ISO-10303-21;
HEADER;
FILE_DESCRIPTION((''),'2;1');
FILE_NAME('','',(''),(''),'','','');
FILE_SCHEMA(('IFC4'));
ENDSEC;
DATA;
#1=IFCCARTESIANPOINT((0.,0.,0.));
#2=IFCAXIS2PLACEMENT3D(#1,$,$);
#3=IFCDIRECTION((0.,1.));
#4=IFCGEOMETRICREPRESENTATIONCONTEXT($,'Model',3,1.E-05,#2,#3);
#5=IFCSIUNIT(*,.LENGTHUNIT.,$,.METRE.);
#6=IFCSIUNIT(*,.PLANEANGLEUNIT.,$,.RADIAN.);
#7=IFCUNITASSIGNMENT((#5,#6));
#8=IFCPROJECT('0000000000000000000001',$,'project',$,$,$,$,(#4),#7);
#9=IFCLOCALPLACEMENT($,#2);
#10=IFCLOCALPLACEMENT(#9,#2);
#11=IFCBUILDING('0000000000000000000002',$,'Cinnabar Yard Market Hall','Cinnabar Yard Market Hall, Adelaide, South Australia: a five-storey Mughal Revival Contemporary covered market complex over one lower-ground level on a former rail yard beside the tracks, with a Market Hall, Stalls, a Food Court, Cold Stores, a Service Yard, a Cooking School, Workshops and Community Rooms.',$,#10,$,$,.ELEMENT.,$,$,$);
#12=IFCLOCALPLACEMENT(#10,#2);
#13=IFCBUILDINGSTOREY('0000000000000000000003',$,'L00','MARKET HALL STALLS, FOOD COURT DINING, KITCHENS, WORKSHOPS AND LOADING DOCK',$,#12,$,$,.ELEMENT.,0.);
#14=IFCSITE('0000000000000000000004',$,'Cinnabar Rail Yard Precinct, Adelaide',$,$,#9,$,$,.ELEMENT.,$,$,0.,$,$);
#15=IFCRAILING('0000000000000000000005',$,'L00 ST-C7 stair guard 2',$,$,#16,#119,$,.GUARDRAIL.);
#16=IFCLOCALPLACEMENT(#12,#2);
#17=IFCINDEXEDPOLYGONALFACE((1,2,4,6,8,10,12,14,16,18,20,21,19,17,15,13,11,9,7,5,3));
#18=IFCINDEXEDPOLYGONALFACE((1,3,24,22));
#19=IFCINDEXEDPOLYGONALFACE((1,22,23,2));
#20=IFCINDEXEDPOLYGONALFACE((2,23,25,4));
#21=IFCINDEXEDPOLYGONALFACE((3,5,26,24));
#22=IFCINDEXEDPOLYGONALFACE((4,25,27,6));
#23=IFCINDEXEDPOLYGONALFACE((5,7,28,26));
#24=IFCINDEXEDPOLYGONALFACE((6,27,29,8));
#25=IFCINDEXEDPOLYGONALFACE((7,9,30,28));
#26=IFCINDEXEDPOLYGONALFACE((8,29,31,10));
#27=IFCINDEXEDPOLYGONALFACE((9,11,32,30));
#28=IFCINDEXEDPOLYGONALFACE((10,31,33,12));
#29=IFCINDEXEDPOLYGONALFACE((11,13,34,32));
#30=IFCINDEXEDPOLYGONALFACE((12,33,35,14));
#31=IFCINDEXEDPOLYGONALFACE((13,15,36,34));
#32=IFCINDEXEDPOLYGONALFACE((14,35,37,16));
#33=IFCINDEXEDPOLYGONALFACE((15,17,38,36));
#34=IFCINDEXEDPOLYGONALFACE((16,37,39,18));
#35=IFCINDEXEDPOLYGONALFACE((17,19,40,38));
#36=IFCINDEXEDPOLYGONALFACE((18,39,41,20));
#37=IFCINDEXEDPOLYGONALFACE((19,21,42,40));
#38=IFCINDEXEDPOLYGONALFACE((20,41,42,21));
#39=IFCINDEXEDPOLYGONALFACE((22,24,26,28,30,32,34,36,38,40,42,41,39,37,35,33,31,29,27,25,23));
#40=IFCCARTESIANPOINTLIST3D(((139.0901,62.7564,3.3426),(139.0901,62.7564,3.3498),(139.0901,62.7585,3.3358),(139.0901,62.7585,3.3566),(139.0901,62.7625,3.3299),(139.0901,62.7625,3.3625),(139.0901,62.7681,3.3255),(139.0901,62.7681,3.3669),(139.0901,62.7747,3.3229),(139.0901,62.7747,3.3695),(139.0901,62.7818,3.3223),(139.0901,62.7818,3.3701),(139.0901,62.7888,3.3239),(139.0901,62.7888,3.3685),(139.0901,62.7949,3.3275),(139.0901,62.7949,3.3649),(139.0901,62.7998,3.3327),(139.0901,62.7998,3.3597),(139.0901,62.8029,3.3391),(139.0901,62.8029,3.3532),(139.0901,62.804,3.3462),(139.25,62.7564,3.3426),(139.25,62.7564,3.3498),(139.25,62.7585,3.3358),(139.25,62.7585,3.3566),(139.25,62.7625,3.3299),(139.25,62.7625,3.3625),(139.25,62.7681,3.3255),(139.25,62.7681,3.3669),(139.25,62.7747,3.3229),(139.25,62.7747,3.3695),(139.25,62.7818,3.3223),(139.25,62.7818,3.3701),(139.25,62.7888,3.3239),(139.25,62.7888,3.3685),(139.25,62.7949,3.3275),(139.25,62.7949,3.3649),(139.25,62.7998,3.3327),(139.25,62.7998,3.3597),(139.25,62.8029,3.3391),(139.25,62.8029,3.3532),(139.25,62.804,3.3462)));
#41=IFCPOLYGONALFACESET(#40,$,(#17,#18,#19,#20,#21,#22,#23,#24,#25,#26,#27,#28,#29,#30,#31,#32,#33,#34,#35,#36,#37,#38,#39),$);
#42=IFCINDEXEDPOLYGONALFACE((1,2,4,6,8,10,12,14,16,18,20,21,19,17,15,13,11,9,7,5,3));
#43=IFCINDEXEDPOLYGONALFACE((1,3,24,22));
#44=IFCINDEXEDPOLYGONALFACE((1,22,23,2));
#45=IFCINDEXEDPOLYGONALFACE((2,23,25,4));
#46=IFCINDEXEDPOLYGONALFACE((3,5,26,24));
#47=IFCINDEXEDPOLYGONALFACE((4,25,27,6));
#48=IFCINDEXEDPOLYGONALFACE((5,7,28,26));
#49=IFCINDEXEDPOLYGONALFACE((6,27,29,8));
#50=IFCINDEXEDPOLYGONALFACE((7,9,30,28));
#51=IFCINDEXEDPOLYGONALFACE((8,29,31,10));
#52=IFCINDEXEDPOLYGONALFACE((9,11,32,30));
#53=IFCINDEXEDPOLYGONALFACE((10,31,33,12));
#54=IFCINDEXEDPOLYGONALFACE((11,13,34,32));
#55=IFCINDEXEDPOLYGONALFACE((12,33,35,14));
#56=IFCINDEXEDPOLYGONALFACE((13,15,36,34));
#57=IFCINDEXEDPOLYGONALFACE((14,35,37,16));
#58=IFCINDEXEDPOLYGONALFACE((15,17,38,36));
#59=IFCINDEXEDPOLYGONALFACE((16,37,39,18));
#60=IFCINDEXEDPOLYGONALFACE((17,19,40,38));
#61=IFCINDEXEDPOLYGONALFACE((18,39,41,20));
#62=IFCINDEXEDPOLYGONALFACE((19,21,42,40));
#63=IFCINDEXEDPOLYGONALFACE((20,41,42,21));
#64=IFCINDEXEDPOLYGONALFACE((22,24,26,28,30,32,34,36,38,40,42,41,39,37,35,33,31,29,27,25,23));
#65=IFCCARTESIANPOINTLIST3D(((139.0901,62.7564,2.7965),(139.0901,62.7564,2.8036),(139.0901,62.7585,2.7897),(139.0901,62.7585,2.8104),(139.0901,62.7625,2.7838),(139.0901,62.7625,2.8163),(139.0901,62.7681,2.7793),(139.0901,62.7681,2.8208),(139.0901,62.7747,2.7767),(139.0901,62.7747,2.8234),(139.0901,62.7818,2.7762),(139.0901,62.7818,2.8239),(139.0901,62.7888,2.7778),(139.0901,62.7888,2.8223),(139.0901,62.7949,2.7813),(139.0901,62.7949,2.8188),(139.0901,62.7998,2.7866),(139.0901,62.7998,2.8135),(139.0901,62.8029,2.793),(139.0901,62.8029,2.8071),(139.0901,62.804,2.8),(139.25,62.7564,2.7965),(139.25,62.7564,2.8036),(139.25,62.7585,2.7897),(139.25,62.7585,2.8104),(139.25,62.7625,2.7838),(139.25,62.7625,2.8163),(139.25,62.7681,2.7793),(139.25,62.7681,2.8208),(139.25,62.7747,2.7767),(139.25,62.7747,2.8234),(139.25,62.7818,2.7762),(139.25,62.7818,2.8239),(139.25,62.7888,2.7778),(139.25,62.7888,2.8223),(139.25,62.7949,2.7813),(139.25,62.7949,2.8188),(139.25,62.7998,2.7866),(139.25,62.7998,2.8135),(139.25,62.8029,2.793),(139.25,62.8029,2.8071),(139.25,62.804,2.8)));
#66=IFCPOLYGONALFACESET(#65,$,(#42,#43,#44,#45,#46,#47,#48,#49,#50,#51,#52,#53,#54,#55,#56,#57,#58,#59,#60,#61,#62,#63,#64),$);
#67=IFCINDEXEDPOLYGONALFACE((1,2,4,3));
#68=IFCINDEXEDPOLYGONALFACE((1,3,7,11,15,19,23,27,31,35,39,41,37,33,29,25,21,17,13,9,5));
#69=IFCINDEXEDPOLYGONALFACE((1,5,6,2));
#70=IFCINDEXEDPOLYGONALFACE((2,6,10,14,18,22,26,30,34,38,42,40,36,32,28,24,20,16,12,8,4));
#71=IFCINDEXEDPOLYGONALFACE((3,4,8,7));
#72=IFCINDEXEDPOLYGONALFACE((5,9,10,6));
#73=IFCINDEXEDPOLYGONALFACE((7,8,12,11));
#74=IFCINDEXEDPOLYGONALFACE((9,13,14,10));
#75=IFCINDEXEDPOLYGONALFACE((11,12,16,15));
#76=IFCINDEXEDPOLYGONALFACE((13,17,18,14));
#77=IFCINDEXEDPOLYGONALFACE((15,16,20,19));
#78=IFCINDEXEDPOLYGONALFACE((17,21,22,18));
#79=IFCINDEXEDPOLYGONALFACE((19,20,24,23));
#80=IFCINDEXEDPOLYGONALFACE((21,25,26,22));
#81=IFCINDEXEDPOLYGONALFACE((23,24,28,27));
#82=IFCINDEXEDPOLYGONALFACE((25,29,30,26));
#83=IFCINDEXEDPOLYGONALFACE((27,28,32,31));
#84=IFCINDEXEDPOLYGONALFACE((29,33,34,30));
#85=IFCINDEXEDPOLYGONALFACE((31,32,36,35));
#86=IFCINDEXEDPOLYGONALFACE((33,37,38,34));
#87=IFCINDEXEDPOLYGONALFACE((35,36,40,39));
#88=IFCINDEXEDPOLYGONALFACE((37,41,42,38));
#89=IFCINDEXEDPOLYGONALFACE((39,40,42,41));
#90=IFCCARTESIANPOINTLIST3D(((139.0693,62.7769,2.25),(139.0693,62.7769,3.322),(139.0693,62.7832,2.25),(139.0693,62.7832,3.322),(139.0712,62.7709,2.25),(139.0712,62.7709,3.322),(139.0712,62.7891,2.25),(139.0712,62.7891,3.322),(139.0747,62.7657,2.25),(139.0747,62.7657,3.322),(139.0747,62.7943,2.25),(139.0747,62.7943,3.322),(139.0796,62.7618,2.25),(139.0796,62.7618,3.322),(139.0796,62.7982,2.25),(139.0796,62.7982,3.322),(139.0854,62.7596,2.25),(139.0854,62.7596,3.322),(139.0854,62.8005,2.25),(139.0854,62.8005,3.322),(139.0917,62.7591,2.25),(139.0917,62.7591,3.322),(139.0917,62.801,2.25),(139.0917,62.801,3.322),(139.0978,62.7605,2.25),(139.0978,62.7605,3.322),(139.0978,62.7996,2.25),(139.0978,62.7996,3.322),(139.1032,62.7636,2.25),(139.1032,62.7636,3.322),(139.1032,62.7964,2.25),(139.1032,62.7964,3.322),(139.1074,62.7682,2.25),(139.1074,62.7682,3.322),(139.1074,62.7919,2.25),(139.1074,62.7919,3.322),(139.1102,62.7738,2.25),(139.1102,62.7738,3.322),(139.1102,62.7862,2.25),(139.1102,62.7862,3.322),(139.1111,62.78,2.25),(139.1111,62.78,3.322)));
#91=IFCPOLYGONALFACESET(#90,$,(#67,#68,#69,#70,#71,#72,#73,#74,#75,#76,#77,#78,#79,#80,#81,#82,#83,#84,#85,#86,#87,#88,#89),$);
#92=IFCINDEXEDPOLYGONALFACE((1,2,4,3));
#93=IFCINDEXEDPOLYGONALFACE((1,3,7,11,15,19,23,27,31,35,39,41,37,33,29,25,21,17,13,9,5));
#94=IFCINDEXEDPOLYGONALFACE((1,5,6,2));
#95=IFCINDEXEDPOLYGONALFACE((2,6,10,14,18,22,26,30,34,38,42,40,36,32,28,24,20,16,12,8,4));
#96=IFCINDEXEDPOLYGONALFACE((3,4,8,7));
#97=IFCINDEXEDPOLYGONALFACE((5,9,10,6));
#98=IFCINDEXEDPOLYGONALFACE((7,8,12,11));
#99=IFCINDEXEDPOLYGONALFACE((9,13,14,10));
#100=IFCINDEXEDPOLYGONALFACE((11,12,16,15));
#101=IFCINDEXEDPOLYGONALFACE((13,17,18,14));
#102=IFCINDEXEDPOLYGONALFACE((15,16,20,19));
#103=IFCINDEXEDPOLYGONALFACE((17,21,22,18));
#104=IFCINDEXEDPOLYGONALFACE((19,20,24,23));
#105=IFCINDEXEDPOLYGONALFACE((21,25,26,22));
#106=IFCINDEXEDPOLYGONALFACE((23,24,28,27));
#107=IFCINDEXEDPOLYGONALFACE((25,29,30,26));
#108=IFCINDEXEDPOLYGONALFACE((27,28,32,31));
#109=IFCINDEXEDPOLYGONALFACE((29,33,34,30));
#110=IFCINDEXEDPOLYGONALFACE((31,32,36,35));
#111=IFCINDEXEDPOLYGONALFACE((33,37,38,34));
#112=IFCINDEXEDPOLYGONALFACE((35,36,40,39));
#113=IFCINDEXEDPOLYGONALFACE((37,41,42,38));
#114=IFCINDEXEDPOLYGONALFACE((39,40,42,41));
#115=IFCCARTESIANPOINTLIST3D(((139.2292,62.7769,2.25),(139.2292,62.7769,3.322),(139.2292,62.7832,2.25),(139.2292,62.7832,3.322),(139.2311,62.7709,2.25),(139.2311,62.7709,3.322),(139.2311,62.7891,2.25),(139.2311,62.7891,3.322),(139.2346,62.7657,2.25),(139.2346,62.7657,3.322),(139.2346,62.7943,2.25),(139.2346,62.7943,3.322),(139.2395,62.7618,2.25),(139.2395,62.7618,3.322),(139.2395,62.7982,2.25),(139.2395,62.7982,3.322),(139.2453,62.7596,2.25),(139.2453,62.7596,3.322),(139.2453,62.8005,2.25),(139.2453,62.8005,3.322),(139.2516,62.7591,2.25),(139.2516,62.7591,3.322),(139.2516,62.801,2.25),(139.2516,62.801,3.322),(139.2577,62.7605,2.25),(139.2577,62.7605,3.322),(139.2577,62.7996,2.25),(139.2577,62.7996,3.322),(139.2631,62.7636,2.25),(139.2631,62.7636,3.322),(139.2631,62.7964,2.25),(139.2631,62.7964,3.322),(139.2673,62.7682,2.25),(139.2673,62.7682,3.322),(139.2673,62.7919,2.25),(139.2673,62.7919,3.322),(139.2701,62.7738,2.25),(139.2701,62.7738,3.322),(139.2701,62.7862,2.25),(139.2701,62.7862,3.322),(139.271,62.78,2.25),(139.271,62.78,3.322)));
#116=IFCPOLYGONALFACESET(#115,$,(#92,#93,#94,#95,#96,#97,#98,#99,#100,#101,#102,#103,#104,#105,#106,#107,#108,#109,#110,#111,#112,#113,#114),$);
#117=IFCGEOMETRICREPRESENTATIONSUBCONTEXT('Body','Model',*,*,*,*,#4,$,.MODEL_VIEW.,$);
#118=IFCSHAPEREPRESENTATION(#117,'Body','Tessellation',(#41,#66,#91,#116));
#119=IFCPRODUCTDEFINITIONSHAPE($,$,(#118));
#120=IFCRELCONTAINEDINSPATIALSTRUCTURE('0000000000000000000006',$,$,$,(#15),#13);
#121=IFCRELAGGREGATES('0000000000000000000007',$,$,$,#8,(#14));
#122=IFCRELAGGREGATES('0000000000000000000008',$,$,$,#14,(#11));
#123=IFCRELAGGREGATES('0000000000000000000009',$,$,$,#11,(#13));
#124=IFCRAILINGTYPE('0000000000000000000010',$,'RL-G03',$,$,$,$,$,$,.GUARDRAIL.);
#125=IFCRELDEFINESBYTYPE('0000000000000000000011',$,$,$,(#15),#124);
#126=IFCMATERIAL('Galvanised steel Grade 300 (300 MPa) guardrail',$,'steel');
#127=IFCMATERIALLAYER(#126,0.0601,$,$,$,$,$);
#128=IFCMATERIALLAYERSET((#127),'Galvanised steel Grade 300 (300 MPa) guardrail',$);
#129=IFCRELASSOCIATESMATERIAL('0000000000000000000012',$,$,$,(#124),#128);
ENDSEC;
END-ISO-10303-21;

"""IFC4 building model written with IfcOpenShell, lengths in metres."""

from ifc_helpers import new_model, si_unit, direction, frame, origin, origin_2d_with_axis, place, context, subcontext, project, spatial, circle, extrude, material, layer, layer_set, type_object, element, save


model = new_model("IFC4")

# Units and contexts
model_context = context("Model", 3, precision=1e-05, world=origin(), true_north=direction((0.0, 1.0)))
body_context = subcontext(model_context, "Body", "Model", "MODEL_VIEW")
ifc_project = project(units=[si_unit("LENGTHUNIT", "METRE"), si_unit("PLANEANGLEUNIT", "RADIAN")], contexts=[model_context])

# Site, building, storey
site_placement = place(None, origin())
site = spatial("IfcSite", under=ifc_project, at=site_placement, Name="Cinnabar Rail Yard Precinct, Adelaide", CompositionType="ELEMENT", RefElevation=0.0)
building_placement = place(site_placement, origin())
building = spatial("IfcBuilding", under=site, at=building_placement, Name="Cinnabar Yard Market Hall", Description="Cinnabar Yard Market Hall, Adelaide, South Australia: a five-storey Mughal Revival Contemporary covered market complex over one lower-ground level on a former rail yard beside the tracks, with a Market Hall, Stalls, a Food Court, Cold Stores, a Service Yard, a Cooking School, Workshops and Community Rooms.", CompositionType="ELEMENT")
storey_placement = place(building_placement, origin())
storey = spatial("IfcBuildingStorey", under=building, at=storey_placement, Name="L00", Description="MARKET HALL STALLS, FOOD COURT DINING, KITCHENS, WORKSHOPS AND LOADING DOCK", CompositionType="ELEMENT", Elevation=0.0)

# Railing
ifc_material_1 = material(Name="Galvanised steel Grade 300 (300 MPa) guardrail", Category="steel")
ifc_layer_1 = layer(ifc_material_1, 0.0601)
ifc_layer_set_1 = layer_set([ifc_layer_1], Name="Galvanised steel Grade 300 (300 MPa) guardrail")
railing_type_1 = type_object("IfcRailingType", Name="RL-G03", PredefinedType="GUARDRAIL", material=ifc_layer_set_1)
railing_1_placement = place(storey_placement, frame((139.0901, 62.78, 2.25)))
element("IfcRailing", 1, at=railing_1_placement, inside=storey, type_object=railing_type_1, Name="L00 ST-C7 stair guard 2", PredefinedType="GUARDRAIL", context=body_context, shape_type="SweptSolid", body=[
    extrude(circle(Radius=0.0239, at=origin_2d_with_axis()), frame((0.0, 0.0, 1.0962), z_axis=(1.0, 0.0, 0.0), x_axis=(0.0, 1.0, 0.0)), (0.0, 0.0, 1.0), 0.1599),
    extrude(circle(Radius=0.0239, at=origin_2d_with_axis()), frame((0.0, 0.0, 0.55), z_axis=(1.0, 0.0, 0.0), x_axis=(0.0, 1.0, 0.0)), (0.0, 0.0, 1.0), 0.1599),
    extrude(circle(Radius=0.021, at=origin_2d_with_axis()), origin(), (0.0, 0.0, 1.0), 1.072),
    extrude(circle(Radius=0.021, at=origin_2d_with_axis()), frame((0.1599, 0.0, 0.0)), (0.0, 0.0, 1.0), 1.072),
])

save(model, "model.ifc")
